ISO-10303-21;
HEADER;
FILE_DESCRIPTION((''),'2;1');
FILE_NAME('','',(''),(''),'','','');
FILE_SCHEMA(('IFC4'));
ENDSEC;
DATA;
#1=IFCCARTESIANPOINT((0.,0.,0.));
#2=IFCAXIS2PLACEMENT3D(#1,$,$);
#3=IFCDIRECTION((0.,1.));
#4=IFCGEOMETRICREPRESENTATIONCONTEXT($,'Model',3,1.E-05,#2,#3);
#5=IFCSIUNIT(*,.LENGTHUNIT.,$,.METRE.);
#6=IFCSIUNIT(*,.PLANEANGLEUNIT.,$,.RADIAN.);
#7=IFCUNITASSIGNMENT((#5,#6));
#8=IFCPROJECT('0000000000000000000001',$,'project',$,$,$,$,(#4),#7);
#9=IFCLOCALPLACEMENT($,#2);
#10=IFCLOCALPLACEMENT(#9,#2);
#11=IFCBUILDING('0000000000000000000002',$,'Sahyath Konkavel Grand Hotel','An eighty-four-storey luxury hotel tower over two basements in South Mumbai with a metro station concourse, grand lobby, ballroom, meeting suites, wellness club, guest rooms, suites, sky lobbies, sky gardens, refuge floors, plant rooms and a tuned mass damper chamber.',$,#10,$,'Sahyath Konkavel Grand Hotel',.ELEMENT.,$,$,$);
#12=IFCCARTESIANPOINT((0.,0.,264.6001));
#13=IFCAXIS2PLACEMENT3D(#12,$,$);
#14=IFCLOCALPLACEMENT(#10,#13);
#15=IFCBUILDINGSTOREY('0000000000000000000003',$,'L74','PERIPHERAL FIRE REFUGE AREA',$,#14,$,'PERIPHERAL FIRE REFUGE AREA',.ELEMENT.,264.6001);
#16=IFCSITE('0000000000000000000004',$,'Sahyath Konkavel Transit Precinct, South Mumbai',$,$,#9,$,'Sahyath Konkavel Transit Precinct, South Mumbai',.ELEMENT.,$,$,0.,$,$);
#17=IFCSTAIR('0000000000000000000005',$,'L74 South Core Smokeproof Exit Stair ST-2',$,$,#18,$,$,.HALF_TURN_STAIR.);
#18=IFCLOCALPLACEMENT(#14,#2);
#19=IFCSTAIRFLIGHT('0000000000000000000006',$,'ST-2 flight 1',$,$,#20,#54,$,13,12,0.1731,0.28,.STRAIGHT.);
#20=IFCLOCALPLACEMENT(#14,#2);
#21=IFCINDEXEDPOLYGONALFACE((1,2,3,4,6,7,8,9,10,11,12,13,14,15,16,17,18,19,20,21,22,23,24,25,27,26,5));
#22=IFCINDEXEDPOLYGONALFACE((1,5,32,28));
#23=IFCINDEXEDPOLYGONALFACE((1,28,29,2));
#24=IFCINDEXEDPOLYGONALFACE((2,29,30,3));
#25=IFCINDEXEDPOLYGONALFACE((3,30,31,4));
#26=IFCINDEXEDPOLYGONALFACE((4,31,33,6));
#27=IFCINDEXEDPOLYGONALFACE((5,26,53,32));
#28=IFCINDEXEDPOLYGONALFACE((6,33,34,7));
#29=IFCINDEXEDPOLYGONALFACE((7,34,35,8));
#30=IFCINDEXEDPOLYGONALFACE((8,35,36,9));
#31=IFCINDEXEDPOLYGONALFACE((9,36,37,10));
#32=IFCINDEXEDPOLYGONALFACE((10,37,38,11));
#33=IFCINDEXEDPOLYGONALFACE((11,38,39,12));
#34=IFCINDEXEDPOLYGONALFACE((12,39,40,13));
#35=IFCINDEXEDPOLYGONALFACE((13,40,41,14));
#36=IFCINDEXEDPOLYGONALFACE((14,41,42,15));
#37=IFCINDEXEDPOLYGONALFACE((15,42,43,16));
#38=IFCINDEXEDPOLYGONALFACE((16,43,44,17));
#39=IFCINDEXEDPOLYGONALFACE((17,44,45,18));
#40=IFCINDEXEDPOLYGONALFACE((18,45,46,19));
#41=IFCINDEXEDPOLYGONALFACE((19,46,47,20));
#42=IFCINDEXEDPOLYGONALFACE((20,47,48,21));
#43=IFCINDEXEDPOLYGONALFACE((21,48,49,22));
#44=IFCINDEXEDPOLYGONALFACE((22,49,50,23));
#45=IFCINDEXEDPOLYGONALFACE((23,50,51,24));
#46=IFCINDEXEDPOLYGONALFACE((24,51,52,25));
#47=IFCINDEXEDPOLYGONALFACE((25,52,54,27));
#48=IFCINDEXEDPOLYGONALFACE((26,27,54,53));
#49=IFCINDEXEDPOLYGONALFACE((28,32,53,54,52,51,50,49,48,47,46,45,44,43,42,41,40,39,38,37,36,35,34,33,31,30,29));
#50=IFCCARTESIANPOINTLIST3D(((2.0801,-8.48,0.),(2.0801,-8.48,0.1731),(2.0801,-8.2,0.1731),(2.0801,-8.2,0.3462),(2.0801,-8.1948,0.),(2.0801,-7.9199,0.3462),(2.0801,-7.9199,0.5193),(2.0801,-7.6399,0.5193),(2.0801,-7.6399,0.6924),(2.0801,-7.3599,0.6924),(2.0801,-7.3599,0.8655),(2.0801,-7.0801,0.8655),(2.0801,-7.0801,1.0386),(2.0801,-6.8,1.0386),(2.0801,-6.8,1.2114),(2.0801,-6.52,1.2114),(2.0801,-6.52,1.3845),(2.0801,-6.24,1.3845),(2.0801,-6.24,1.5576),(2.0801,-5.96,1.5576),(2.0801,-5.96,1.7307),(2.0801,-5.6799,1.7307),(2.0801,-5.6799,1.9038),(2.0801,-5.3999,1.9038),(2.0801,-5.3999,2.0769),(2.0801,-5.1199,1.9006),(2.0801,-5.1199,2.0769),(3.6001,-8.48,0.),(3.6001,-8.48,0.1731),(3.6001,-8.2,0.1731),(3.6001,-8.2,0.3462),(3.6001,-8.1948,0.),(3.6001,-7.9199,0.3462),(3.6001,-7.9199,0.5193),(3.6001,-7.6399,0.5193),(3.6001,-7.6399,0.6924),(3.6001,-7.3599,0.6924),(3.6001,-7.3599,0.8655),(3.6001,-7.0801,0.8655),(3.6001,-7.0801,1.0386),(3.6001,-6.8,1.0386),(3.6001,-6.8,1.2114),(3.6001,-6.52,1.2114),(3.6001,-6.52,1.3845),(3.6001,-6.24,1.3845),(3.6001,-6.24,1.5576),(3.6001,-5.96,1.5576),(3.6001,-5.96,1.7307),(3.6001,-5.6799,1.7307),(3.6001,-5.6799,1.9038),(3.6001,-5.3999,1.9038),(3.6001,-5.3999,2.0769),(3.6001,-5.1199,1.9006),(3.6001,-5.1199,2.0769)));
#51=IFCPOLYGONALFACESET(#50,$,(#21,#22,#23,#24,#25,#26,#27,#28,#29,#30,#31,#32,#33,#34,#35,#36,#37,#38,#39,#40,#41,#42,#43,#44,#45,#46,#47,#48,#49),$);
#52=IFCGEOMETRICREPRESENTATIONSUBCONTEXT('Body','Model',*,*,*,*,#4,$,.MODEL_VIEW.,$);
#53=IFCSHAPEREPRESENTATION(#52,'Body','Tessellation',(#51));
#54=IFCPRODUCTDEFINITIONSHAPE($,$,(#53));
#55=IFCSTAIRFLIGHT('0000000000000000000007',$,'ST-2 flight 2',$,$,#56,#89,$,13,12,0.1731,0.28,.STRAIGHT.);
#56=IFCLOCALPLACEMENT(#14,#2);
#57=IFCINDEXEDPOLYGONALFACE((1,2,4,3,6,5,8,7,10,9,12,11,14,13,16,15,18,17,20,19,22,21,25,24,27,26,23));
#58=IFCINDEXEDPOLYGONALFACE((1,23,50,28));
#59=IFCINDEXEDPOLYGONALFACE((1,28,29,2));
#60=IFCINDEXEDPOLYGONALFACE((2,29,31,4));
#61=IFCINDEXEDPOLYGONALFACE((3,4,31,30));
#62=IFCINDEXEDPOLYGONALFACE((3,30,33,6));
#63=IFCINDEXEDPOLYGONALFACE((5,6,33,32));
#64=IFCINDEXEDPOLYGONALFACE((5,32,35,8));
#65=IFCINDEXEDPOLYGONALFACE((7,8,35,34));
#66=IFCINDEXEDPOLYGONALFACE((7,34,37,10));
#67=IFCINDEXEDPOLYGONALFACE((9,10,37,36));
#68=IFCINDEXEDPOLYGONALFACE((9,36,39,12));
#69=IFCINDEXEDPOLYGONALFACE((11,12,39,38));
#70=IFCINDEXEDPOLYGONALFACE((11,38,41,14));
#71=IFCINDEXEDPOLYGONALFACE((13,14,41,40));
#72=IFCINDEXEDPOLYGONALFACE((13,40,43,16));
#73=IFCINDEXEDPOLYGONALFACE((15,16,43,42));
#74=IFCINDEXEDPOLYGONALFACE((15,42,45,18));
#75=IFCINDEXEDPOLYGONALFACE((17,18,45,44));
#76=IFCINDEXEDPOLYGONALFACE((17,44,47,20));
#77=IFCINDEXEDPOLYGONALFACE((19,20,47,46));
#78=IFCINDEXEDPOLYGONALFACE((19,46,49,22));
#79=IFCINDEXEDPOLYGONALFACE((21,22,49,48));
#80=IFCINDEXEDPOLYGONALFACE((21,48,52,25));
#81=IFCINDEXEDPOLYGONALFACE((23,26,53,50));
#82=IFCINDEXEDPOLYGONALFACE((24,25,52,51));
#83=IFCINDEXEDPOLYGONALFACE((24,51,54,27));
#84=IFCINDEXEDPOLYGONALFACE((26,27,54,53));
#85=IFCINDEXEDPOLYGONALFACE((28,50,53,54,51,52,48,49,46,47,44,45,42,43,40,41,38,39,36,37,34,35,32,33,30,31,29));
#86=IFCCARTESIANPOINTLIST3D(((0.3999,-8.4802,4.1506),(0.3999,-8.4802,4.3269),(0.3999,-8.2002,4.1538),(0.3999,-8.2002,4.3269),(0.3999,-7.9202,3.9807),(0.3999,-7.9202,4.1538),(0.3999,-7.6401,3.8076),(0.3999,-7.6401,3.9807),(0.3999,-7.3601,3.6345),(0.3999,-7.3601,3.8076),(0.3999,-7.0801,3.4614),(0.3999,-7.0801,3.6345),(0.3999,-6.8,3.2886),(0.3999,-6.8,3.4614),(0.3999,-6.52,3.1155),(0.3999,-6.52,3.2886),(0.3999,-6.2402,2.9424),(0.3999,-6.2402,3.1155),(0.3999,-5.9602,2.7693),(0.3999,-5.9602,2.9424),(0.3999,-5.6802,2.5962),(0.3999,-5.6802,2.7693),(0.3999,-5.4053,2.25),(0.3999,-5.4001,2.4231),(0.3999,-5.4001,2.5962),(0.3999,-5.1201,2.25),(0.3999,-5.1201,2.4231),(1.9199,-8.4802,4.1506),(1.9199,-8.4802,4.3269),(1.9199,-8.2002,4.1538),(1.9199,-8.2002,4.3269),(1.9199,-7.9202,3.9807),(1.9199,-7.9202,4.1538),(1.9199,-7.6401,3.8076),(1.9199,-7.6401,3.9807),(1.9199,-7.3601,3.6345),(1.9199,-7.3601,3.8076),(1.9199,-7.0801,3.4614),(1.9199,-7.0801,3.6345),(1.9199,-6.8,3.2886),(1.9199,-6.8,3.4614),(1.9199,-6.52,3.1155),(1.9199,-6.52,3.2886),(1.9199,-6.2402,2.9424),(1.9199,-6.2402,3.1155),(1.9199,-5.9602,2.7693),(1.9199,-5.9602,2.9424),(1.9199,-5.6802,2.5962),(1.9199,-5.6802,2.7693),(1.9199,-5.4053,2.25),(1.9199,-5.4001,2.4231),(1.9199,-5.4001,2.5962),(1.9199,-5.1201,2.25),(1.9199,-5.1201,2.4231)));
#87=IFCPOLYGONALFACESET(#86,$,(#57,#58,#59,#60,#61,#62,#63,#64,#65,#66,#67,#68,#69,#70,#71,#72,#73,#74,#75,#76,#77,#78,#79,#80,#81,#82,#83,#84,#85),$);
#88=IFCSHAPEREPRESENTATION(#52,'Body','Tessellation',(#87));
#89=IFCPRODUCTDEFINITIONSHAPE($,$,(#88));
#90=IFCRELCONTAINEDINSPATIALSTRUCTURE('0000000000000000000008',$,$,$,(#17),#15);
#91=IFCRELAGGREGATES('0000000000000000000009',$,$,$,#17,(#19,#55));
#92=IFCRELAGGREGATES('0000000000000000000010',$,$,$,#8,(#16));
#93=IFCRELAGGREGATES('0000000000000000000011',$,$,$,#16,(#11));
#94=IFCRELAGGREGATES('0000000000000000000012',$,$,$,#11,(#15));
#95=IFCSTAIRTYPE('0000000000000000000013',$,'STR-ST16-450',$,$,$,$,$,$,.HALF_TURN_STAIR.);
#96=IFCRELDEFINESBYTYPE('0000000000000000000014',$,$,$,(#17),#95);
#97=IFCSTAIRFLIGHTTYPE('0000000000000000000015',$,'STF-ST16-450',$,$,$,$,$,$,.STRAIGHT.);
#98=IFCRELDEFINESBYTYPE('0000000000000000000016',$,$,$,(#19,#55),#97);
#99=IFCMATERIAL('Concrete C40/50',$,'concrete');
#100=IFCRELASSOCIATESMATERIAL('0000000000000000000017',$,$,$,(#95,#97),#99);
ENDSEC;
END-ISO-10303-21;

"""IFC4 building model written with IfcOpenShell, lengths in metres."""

from ifc_helpers import new_model, si_unit, direction, frame, origin, place, context, subcontext, project, spatial, polyline, outline, extrude, material, type_object, element, aggregate, save


model = new_model("IFC4")

# Units and contexts
model_context = context("Model", 3, precision=1e-05, world=origin(), true_north=direction((0.0, 1.0)))
body_context = subcontext(model_context, "Body", "Model", "MODEL_VIEW")
ifc_project = project(units=[si_unit("LENGTHUNIT", "METRE"), si_unit("PLANEANGLEUNIT", "RADIAN")], contexts=[model_context])

# Site, building, storey
site_placement = place(None, origin())
site = spatial("IfcSite", under=ifc_project, at=site_placement, Name="Sahyath Konkavel Transit Precinct, South Mumbai", LongName="Sahyath Konkavel Transit Precinct, South Mumbai", CompositionType="ELEMENT", RefElevation=0.0)
building_placement = place(site_placement, origin())
building = spatial("IfcBuilding", under=site, at=building_placement, Name="Sahyath Konkavel Grand Hotel", Description="An eighty-four-storey luxury hotel tower over two basements in South Mumbai with a metro station concourse, grand lobby, ballroom, meeting suites, wellness club, guest rooms, suites, sky lobbies, sky gardens, refuge floors, plant rooms and a tuned mass damper chamber.", LongName="Sahyath Konkavel Grand Hotel", CompositionType="ELEMENT")
storey_placement = place(building_placement, frame((0.0, 0.0, 264.6001)))
storey = spatial("IfcBuildingStorey", under=building, at=storey_placement, Name="L74", Description="PERIPHERAL FIRE REFUGE AREA", LongName="PERIPHERAL FIRE REFUGE AREA", CompositionType="ELEMENT", Elevation=264.6001)

# Shared definitions
ifc_material_1 = material(Name="Concrete C40/50", Category="concrete")

# Stair, stair flights
stair_type = type_object("IfcStairType", Name="STR-ST16-450", PredefinedType="HALF_TURN_STAIR", material=ifc_material_1)
stair_placement = place(storey_placement, origin())
stair = element("IfcStair", 1, at=stair_placement, inside=storey, type_object=stair_type, Name="L74 South Core Smokeproof Exit Stair ST-2", PredefinedType="HALF_TURN_STAIR")
stair_flight_type = type_object("IfcStairFlightType", Name="STF-ST16-450", PredefinedType="STRAIGHT", material=ifc_material_1)
stair_flight_1_placement = place(storey_placement, frame((2.8401, -8.48, 0.0), z_axis=(0.0, 0.0, 1.0), x_axis=(0.0, 1.0, 0.0)))
stair_flight_1 = element("IfcStairFlight", 2, at=stair_flight_1_placement, type_object=stair_flight_type, Name="ST-2 flight 1", NumberOfRisers=13, NumberOfTreads=12, PredefinedType="STRAIGHT", RiserHeight=0.1731, TreadLength=0.28, context=body_context, shape_type="SweptSolid", body=[
    extrude(outline(polyline([(0.0, 0.0), (0.0, 0.1731), (0.28, 0.1731), (0.28, 0.3462), (0.5601, 0.3462), (0.5601, 0.5193), (0.8401, 0.5193), (0.8401, 0.6924), (1.1201, 0.6924), (1.1201, 0.8655), (1.3999, 0.8655), (1.3999, 1.0386), (1.6799, 1.0386), (1.6799, 1.2114), (1.96, 1.2114), (1.96, 1.3845), (2.24, 1.3845), (2.24, 1.5576), (2.52, 1.5576), (2.52, 1.7307), (2.8, 1.7307), (2.8, 1.9038), (3.0801, 1.9038), (3.0801, 2.0769), (3.3601, 2.0769), (3.3601, 2.25), (3.3601, 1.9006), (0.2852, 0.0), (0.0, 0.0)])), frame((0.0, 0.76, 0.0), z_axis=(0.0, -1.0, 0.0), x_axis=(1.0, 0.0, 0.0)), (0.0, 0.0, 1.0), 1.52),
])
stair_flight_2_placement = place(storey_placement, frame((1.1599, -5.1201, 2.25), z_axis=(0.0, 0.0, 1.0), x_axis=(0.0, -1.0, 0.0)))
stair_flight_2 = element("IfcStairFlight", 3, at=stair_flight_2_placement, type_object=stair_flight_type, Name="ST-2 flight 2", NumberOfRisers=13, NumberOfTreads=12, PredefinedType="STRAIGHT", RiserHeight=0.1731, TreadLength=0.28, context=body_context, shape_type="SweptSolid", body=[
    extrude(outline(polyline([(0.0, 0.0), (0.0, 0.1731), (0.28, 0.1731), (0.28, 0.3462), (0.5601, 0.3462), (0.5601, 0.5193), (0.8401, 0.5193), (0.8401, 0.6924), (1.1201, 0.6924), (1.1201, 0.8655), (1.3999, 0.8655), (1.3999, 1.0386), (1.6799, 1.0386), (1.6799, 1.2114), (1.96, 1.2114), (1.96, 1.3845), (2.24, 1.3845), (2.24, 1.5576), (2.52, 1.5576), (2.52, 1.7307), (2.8, 1.7307), (2.8, 1.9038), (3.0801, 1.9038), (3.0801, 2.0769), (3.3601, 2.0769), (3.3601, 2.25), (3.3601, 1.9006), (0.2852, 0.0), (0.0, 0.0)])), frame((0.0, 0.76, 0.0), z_axis=(0.0, -1.0, 0.0), x_axis=(1.0, 0.0, 0.0)), (0.0, 0.0, 1.0), 1.52),
])
aggregate(stair, [stair_flight_1, stair_flight_2])

save(model, "model.ifc")
